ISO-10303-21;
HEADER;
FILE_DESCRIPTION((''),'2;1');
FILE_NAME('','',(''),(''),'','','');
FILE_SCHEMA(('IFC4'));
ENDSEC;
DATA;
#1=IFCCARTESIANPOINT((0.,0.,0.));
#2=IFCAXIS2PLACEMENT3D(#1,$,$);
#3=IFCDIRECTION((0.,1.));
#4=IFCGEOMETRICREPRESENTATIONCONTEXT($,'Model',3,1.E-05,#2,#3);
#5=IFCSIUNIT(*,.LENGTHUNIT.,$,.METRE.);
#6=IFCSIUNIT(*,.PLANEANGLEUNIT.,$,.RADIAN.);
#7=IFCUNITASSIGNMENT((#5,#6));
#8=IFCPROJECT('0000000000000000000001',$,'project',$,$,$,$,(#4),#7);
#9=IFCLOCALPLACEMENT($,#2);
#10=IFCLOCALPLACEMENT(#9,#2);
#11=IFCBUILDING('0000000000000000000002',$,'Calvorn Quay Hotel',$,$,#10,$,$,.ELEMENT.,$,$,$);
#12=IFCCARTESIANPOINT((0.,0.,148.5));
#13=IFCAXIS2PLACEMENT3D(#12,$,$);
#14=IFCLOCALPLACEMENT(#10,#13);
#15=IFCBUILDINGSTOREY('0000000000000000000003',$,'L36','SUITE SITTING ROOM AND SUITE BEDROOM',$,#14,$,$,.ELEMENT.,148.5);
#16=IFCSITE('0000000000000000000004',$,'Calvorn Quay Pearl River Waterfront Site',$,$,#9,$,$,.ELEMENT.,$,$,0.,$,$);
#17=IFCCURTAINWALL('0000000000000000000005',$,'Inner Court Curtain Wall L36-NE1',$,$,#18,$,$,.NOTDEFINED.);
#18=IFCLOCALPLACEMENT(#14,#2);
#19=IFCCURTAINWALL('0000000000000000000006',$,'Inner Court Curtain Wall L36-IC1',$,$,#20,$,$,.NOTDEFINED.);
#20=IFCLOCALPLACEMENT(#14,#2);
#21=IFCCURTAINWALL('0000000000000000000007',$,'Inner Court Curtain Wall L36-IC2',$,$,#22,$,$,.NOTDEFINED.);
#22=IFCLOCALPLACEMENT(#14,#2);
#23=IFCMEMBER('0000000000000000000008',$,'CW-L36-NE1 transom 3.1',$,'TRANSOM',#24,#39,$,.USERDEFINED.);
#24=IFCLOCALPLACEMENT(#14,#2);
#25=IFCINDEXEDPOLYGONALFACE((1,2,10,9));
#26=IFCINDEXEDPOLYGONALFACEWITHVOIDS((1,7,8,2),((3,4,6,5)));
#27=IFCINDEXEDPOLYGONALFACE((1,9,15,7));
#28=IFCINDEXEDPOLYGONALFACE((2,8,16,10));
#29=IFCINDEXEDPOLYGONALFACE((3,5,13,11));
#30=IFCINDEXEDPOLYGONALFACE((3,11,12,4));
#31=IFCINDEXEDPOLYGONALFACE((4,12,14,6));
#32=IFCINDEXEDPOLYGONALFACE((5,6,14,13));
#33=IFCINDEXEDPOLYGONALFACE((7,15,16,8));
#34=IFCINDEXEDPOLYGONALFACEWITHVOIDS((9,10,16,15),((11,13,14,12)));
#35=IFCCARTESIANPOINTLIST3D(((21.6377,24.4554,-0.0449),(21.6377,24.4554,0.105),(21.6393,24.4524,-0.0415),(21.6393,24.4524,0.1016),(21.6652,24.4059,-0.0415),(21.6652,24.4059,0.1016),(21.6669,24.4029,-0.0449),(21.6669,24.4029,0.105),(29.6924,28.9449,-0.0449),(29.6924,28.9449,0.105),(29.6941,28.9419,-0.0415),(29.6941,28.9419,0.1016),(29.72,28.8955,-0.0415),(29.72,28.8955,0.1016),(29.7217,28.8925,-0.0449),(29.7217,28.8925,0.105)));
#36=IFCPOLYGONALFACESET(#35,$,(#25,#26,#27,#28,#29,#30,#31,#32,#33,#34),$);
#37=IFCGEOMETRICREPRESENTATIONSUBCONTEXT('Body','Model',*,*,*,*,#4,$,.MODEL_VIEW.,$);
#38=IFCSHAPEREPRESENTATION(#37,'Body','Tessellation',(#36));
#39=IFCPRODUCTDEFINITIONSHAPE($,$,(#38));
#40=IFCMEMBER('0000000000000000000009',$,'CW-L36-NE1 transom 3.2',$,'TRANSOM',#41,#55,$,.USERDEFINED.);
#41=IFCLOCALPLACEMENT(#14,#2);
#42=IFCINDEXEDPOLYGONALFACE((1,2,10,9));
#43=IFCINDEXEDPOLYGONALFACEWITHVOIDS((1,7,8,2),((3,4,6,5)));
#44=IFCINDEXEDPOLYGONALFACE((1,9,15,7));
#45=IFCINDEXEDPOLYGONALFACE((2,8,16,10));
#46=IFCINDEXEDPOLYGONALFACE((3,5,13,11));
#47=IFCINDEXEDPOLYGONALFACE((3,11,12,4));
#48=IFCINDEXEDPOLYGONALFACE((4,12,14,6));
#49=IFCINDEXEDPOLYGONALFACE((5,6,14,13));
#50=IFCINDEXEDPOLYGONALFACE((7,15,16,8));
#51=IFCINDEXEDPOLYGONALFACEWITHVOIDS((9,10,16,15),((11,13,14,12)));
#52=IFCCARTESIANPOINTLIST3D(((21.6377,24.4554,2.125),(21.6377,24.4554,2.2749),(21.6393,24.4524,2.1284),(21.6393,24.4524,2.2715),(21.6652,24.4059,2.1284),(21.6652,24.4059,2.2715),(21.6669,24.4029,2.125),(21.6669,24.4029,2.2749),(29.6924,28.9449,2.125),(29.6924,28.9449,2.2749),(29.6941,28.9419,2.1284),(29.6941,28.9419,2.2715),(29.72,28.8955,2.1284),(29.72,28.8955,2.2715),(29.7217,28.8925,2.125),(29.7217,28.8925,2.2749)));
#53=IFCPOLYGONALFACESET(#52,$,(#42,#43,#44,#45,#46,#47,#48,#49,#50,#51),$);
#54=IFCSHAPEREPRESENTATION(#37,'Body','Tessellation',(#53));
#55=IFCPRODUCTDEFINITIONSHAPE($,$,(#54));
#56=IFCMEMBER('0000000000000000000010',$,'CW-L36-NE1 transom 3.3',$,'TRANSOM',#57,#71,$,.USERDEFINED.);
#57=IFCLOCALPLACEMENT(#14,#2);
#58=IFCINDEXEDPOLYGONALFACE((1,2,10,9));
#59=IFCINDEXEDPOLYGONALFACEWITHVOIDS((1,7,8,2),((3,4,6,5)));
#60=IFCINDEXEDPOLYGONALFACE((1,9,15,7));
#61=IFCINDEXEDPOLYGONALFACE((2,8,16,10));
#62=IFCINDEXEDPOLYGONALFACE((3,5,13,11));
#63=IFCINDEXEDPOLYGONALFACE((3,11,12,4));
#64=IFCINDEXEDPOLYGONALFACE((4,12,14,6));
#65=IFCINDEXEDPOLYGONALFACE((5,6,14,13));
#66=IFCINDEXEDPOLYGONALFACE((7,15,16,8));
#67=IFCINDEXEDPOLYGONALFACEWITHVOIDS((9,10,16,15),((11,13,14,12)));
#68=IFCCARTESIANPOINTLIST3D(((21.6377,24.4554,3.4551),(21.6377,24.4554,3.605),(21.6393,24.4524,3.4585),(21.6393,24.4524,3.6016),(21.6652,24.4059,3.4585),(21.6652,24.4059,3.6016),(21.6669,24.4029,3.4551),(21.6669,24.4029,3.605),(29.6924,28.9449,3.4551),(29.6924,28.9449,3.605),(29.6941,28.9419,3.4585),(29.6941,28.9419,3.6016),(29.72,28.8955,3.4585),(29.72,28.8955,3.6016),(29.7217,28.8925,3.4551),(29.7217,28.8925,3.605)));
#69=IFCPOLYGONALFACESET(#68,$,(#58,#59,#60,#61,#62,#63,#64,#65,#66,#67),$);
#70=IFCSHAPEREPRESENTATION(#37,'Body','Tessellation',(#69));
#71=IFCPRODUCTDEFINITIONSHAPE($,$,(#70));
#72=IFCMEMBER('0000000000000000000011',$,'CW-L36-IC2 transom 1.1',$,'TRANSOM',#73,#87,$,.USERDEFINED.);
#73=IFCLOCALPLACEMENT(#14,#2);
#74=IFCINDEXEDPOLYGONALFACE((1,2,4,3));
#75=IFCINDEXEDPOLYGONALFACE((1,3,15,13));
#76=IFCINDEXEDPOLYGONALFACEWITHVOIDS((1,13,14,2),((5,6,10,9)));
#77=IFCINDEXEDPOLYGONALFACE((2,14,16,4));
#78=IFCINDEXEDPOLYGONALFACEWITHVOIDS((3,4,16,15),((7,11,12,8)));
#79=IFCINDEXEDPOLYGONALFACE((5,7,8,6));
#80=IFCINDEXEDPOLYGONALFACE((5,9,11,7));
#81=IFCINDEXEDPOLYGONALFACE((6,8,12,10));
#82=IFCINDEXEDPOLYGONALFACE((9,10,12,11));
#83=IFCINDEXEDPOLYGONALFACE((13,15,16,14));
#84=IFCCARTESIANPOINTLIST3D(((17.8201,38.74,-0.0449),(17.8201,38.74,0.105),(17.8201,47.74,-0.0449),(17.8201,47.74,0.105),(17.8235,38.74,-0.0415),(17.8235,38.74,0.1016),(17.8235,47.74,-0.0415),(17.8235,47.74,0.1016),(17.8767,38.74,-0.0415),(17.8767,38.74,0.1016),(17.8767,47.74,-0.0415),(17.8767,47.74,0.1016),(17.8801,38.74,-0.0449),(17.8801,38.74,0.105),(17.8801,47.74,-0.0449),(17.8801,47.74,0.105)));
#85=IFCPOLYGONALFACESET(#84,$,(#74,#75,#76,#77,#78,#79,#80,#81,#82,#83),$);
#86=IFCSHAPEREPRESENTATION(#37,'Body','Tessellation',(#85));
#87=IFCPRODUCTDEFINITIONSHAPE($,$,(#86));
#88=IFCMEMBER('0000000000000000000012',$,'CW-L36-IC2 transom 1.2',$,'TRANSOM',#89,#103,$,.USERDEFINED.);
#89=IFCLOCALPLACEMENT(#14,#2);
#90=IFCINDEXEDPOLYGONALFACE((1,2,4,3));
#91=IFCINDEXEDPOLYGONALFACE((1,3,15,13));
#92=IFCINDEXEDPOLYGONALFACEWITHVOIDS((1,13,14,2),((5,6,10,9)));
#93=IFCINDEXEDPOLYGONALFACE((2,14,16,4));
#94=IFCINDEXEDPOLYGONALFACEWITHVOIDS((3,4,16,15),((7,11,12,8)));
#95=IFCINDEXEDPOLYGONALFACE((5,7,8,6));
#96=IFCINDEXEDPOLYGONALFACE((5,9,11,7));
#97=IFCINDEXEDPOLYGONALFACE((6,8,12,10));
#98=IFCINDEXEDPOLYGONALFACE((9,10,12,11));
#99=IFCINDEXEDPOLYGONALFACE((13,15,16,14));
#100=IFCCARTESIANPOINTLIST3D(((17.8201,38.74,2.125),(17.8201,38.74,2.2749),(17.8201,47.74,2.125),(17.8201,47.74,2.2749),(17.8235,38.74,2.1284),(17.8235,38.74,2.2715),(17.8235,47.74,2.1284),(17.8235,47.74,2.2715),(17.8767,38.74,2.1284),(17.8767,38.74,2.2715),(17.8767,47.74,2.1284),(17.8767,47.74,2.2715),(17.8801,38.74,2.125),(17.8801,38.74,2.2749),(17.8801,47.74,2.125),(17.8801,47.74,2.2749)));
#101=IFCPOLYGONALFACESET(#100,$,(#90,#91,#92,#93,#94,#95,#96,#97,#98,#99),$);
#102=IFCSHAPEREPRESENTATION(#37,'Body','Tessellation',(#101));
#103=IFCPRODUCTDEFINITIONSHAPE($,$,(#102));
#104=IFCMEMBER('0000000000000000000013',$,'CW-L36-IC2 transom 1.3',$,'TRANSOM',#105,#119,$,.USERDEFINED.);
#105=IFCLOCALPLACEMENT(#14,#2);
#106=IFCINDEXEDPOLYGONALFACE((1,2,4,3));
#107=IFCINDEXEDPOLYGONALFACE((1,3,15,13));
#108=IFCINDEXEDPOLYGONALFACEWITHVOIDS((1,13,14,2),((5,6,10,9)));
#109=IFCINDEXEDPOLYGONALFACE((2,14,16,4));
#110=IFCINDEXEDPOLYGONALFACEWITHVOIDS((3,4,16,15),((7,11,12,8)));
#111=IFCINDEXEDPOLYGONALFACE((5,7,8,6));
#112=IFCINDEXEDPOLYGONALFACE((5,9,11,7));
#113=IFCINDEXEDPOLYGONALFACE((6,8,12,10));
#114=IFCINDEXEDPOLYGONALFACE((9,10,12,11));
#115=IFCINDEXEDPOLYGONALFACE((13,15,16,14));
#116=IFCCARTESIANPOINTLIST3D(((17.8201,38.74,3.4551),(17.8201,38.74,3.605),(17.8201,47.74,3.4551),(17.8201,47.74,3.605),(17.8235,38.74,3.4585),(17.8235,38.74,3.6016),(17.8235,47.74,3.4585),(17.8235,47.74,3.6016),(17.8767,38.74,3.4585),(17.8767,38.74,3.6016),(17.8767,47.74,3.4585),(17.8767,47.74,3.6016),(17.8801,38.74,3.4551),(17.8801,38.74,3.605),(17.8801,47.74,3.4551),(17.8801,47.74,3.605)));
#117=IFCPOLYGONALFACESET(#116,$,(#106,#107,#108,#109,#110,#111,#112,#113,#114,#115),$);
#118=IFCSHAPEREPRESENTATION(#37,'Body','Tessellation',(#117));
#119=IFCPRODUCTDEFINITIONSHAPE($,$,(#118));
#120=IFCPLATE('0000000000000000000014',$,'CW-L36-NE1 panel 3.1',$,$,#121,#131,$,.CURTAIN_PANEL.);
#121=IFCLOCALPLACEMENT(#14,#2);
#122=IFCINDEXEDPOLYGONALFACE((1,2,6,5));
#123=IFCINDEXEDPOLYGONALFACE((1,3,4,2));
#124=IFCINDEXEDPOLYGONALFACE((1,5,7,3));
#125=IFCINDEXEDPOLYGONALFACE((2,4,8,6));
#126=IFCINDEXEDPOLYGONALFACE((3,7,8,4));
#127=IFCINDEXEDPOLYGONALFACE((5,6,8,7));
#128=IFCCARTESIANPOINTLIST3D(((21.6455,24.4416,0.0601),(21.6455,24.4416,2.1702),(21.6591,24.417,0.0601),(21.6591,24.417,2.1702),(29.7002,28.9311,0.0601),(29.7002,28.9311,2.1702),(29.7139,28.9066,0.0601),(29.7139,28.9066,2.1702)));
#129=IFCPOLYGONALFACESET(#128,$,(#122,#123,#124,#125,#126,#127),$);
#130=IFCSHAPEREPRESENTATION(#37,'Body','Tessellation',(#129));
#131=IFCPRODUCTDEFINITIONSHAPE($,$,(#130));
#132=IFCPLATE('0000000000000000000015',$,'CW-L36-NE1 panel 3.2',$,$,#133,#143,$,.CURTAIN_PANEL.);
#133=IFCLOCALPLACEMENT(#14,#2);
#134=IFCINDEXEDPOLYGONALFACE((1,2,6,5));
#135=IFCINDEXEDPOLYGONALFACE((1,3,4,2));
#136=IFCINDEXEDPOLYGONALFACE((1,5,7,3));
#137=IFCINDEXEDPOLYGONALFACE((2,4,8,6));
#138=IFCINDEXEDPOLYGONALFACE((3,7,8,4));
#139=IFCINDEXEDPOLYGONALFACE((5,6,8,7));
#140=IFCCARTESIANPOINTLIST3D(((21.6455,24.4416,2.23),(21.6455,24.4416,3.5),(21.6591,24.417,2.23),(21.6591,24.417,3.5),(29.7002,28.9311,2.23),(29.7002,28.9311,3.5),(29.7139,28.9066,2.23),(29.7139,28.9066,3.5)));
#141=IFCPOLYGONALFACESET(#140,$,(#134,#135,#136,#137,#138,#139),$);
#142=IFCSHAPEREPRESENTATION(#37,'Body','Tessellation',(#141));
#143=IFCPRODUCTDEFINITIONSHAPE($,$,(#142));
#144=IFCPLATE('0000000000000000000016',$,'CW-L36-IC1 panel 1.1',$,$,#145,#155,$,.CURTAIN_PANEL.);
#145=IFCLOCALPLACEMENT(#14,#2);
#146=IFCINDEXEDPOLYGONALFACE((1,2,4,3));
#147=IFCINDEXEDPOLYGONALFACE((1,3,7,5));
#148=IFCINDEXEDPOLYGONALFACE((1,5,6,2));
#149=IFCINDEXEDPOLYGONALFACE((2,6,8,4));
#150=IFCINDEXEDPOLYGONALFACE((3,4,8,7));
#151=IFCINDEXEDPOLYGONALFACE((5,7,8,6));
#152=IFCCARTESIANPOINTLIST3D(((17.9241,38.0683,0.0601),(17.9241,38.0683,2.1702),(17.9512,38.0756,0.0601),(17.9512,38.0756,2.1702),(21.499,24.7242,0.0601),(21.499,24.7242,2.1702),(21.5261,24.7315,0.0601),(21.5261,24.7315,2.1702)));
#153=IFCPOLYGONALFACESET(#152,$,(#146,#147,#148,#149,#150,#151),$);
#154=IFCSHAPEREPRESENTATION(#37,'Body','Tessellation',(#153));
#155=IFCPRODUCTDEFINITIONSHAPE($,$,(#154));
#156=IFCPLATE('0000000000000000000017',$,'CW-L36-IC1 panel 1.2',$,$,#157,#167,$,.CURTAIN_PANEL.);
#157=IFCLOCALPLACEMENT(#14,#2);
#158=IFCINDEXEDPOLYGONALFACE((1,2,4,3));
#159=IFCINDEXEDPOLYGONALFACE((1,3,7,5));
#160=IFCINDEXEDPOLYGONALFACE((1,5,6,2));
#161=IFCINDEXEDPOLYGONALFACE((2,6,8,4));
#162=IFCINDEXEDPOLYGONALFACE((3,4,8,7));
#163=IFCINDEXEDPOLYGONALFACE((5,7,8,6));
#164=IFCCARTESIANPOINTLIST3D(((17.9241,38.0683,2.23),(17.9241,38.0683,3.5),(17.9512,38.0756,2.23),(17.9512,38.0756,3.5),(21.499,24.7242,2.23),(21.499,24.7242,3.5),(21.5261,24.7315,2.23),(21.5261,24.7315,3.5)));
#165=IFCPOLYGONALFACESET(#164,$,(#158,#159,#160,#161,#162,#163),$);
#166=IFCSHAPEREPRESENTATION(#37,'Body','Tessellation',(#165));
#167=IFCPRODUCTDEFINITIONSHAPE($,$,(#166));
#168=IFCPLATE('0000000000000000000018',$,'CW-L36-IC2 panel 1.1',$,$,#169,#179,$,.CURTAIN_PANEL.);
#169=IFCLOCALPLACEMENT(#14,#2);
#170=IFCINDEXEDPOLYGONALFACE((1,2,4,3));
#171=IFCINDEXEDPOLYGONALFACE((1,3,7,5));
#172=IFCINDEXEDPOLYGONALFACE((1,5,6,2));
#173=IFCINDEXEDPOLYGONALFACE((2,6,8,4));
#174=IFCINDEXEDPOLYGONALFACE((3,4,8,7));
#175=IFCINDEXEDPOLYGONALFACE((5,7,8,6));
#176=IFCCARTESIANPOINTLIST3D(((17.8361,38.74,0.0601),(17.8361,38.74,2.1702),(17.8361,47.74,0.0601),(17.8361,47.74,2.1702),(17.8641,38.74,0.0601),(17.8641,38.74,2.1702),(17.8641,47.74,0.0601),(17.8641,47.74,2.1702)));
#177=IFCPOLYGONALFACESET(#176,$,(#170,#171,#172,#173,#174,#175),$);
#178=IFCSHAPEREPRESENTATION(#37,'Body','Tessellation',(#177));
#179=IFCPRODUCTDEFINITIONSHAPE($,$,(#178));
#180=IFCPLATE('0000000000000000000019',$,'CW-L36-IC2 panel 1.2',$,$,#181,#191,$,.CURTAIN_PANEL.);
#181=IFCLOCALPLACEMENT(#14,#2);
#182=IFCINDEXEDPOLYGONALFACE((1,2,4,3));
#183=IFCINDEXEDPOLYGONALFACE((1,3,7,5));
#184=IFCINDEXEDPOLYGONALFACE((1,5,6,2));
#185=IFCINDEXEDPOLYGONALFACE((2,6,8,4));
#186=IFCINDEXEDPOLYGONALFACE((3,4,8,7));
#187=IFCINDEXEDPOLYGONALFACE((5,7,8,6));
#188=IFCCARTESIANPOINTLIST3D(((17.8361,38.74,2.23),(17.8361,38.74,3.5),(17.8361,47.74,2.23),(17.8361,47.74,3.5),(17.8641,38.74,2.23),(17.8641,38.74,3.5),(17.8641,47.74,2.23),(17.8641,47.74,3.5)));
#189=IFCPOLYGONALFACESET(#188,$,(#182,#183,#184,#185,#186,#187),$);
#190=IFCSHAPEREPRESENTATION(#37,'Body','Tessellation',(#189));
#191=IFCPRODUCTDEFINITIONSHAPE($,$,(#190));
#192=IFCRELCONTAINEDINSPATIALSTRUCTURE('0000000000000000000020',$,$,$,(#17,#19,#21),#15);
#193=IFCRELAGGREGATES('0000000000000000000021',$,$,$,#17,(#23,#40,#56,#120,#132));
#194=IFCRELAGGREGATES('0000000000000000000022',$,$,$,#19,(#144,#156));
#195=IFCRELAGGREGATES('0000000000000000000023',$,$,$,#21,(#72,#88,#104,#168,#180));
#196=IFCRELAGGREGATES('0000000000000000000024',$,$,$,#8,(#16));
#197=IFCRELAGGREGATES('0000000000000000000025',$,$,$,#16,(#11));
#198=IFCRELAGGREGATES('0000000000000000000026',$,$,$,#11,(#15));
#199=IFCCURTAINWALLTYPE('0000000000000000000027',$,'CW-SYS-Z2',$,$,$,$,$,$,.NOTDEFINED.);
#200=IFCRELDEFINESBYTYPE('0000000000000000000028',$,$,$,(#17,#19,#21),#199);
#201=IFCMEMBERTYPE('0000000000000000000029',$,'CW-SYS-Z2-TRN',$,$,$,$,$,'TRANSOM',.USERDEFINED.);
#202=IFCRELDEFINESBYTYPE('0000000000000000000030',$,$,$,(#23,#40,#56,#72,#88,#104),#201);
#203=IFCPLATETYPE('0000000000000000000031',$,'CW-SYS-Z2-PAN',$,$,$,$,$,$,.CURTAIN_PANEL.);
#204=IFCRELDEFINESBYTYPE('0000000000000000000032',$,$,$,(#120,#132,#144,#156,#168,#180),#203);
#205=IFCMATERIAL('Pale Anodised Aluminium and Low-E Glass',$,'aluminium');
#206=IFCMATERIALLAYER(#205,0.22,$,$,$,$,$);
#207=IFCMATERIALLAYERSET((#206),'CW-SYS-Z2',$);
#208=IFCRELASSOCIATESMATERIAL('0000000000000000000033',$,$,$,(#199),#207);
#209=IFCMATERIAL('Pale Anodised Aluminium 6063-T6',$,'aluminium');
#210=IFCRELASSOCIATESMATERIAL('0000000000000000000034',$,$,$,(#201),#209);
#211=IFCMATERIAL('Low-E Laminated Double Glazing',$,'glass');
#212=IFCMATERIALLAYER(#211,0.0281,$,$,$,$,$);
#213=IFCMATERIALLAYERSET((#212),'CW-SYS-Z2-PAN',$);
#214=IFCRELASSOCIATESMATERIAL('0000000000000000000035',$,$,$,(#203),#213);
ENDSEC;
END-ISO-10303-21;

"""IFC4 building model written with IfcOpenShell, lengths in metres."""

from ifc_helpers import new_model, si_unit, direction, frame, origin, origin_2d, place, context, subcontext, project, spatial, rectangle, hollow_rectangle, extrude, material, layer, layer_set, material_profile, profile_set, type_object, element, aggregate, save


model = new_model("IFC4")

# Units and contexts
model_context = context("Model", 3, precision=1e-05, world=origin(), true_north=direction((0.0, 1.0)))
body_context = subcontext(model_context, "Body", "Model", "MODEL_VIEW")
ifc_project = project(units=[si_unit("LENGTHUNIT", "METRE"), si_unit("PLANEANGLEUNIT", "RADIAN")], contexts=[model_context])

# Site, building, storey
site_placement = place(None, origin())
site = spatial("IfcSite", under=ifc_project, at=site_placement, Name="Calvorn Quay Pearl River Waterfront Site", CompositionType="ELEMENT", RefElevation=0.0)
building_placement = place(site_placement, origin())
building = spatial("IfcBuilding", under=site, at=building_placement, Name="Calvorn Quay Hotel", CompositionType="ELEMENT")
storey_placement = place(building_placement, frame((0.0, 0.0, 148.5)))
storey = spatial("IfcBuildingStorey", under=building, at=storey_placement, Name="L36", Description="SUITE SITTING ROOM AND SUITE BEDROOM", CompositionType="ELEMENT", Elevation=148.5)

# Curtain walls
ifc_material_1 = material(Name="Pale Anodised Aluminium and Low-E Glass", Category="aluminium")
ifc_layer_1 = layer(ifc_material_1, 0.22)
ifc_layer_set_1 = layer_set([ifc_layer_1], Name="CW-SYS-Z2")
curtain_wall_type = type_object("IfcCurtainWallType", Name="CW-SYS-Z2", PredefinedType="NOTDEFINED", material=ifc_layer_set_1)
curtain_wall_1_placement = place(storey_placement, origin())
curtain_wall_1 = element("IfcCurtainWall", 1, at=curtain_wall_1_placement, inside=storey, type_object=curtain_wall_type, Name="Inner Court Curtain Wall L36-NE1", PredefinedType="NOTDEFINED")
curtain_wall_2_placement = place(storey_placement, origin())
curtain_wall_2 = element("IfcCurtainWall", 2, at=curtain_wall_2_placement, inside=storey, type_object=curtain_wall_type, Name="Inner Court Curtain Wall L36-IC1", PredefinedType="NOTDEFINED")

# Curtain wall
curtain_wall_3_placement = place(storey_placement, origin())
curtain_wall_3 = element("IfcCurtainWall", 3, at=curtain_wall_3_placement, inside=storey, type_object=curtain_wall_type, Name="Inner Court Curtain Wall L36-IC2", PredefinedType="NOTDEFINED")

# Members
ifc_material_2 = material(Name="Pale Anodised Aluminium 6063-T6", Category="aluminium")
ifc_material_profile_1 = material_profile(ifc_material_2, hollow_rectangle(XDim=0.0601, YDim=0.1499, WallThickness=0.0034, at=origin_2d()), Name="ALU-T150x60x3.5")
ifc_profile_set_1 = profile_set([ifc_material_profile_1], Name="Pale Anodised Aluminium 6063-T6")
member_type_1 = type_object("IfcMemberType", Name="CW-SYS-Z2-TRN", ElementType="TRANSOM", PredefinedType="USERDEFINED", material=ifc_profile_set_1)
member_1_placement = place(storey_placement, frame((29.707, 28.9187, 0.03), z_axis=(-0.873481, -0.486859, 0.0), x_axis=(0.486859, -0.873481, 0.0)))
member_1 = element("IfcMember", 4, at=member_1_placement, type_object=member_type_1, Name="CW-L36-NE1 transom 3.1", ObjectType="TRANSOM", PredefinedType="USERDEFINED", context=body_context, shape_type="SweptSolid", body=[
    extrude(hollow_rectangle(XDim=0.0601, YDim=0.1499, WallThickness=0.0034, at=origin_2d()), origin(), (0.0, 0.0, 1.0), 9.2214),
])
member_2_placement = place(storey_placement, frame((29.707, 28.9187, 2.2), z_axis=(-0.873481, -0.486859, 0.0), x_axis=(0.486859, -0.873481, 0.0)))
member_2 = element("IfcMember", 5, at=member_2_placement, type_object=member_type_1, Name="CW-L36-NE1 transom 3.2", ObjectType="TRANSOM", PredefinedType="USERDEFINED", context=body_context, shape_type="SweptSolid", body=[
    extrude(hollow_rectangle(XDim=0.0601, YDim=0.1499, WallThickness=0.0034, at=origin_2d()), origin(), (0.0, 0.0, 1.0), 9.2214),
])
member_3_placement = place(storey_placement, frame((29.707, 28.9187, 3.53), z_axis=(-0.873481, -0.486859, 0.0), x_axis=(0.486859, -0.873481, 0.0)))
member_3 = element("IfcMember", 6, at=member_3_placement, type_object=member_type_1, Name="CW-L36-NE1 transom 3.3", ObjectType="TRANSOM", PredefinedType="USERDEFINED", context=body_context, shape_type="SweptSolid", body=[
    extrude(hollow_rectangle(XDim=0.0601, YDim=0.1499, WallThickness=0.0034, at=origin_2d()), origin(), (0.0, 0.0, 1.0), 9.2214),
])
member_4_placement = place(storey_placement, frame((17.8501, 38.74, 0.03), z_axis=(0.0, 1.0, 0.0), x_axis=(-1.0, 0.0, 0.0)))
member_4 = element("IfcMember", 7, at=member_4_placement, type_object=member_type_1, Name="CW-L36-IC2 transom 1.1", ObjectType="TRANSOM", PredefinedType="USERDEFINED", context=body_context, shape_type="SweptSolid", body=[
    extrude(hollow_rectangle(XDim=0.0601, YDim=0.1499, WallThickness=0.0034, at=origin_2d()), origin(), (0.0, 0.0, 1.0), 9.0),
])
member_5_placement = place(storey_placement, frame((17.8501, 38.74, 2.2), z_axis=(0.0, 1.0, 0.0), x_axis=(-1.0, 0.0, 0.0)))
member_5 = element("IfcMember", 8, at=member_5_placement, type_object=member_type_1, Name="CW-L36-IC2 transom 1.2", ObjectType="TRANSOM", PredefinedType="USERDEFINED", context=body_context, shape_type="SweptSolid", body=[
    extrude(hollow_rectangle(XDim=0.0601, YDim=0.1499, WallThickness=0.0034, at=origin_2d()), origin(), (0.0, 0.0, 1.0), 9.0),
])
member_6_placement = place(storey_placement, frame((17.8501, 38.74, 3.53), z_axis=(0.0, 1.0, 0.0), x_axis=(-1.0, 0.0, 0.0)))
member_6 = element("IfcMember", 9, at=member_6_placement, type_object=member_type_1, Name="CW-L36-IC2 transom 1.3", ObjectType="TRANSOM", PredefinedType="USERDEFINED", context=body_context, shape_type="SweptSolid", body=[
    extrude(hollow_rectangle(XDim=0.0601, YDim=0.1499, WallThickness=0.0034, at=origin_2d()), origin(), (0.0, 0.0, 1.0), 9.0),
])

# Plates
ifc_material_3 = material(Name="Low-E Laminated Double Glazing", Category="glass")
ifc_layer_2 = layer(ifc_material_3, 0.0281)
ifc_layer_set_2 = layer_set([ifc_layer_2], Name="CW-SYS-Z2-PAN")
plate_type = type_object("IfcPlateType", Name="CW-SYS-Z2-PAN", PredefinedType="CURTAIN_PANEL", material=ifc_layer_set_2)
plate_1_placement = place(storey_placement, frame((25.6797, 26.6741, 0.0601), z_axis=(0.0, 0.0, 1.0), x_axis=(-0.873481, -0.486858, 0.0)))
plate_1 = element("IfcPlate", 10, at=plate_1_placement, type_object=plate_type, Name="CW-L36-NE1 panel 3.1", PredefinedType="CURTAIN_PANEL", context=body_context, shape_type="SweptSolid", body=[
    extrude(rectangle(XDim=9.2214, YDim=0.0281, at=origin_2d()), origin(), (0.0, 0.0, 1.0), 2.1101),
])
plate_2_placement = place(storey_placement, frame((25.6797, 26.6741, 2.23), z_axis=(0.0, 0.0, 1.0), x_axis=(-0.873481, -0.486858, 0.0)))
plate_2 = element("IfcPlate", 11, at=plate_2_placement, type_object=plate_type, Name="CW-L36-NE1 panel 3.2", PredefinedType="CURTAIN_PANEL", context=body_context, shape_type="SweptSolid", body=[
    extrude(rectangle(XDim=9.2214, YDim=0.0281, at=origin_2d()), origin(), (0.0, 0.0, 1.0), 1.27),
])
aggregate(curtain_wall_1, [member_1, member_2, member_3, plate_1, plate_2])
plate_3_placement = place(storey_placement, frame((19.7251, 31.3999, 0.0601), z_axis=(0.0, 0.0, 1.0), x_axis=(-0.258779, 0.965937, 0.0)))
plate_3 = element("IfcPlate", 12, at=plate_3_placement, type_object=plate_type, Name="CW-L36-IC1 panel 1.1", PredefinedType="CURTAIN_PANEL", context=body_context, shape_type="SweptSolid", body=[
    extrude(rectangle(XDim=13.8147, YDim=0.0281, at=origin_2d()), origin(), (0.0, 0.0, 1.0), 2.1101),
])
plate_4_placement = place(storey_placement, frame((19.7251, 31.3999, 2.23), z_axis=(0.0, 0.0, 1.0), x_axis=(-0.258779, 0.965937, 0.0)))
plate_4 = element("IfcPlate", 13, at=plate_4_placement, type_object=plate_type, Name="CW-L36-IC1 panel 1.2", PredefinedType="CURTAIN_PANEL", context=body_context, shape_type="SweptSolid", body=[
    extrude(rectangle(XDim=13.8147, YDim=0.0281, at=origin_2d()), origin(), (0.0, 0.0, 1.0), 1.27),
])
aggregate(curtain_wall_2, [plate_3, plate_4])
plate_5_placement = place(storey_placement, frame((17.8501, 43.24, 0.0601), z_axis=(0.0, 0.0, 1.0), x_axis=(0.0, 1.0, 0.0)))
plate_5 = element("IfcPlate", 14, at=plate_5_placement, type_object=plate_type, Name="CW-L36-IC2 panel 1.1", PredefinedType="CURTAIN_PANEL", context=body_context, shape_type="SweptSolid", body=[
    extrude(rectangle(XDim=9.0, YDim=0.0281, at=origin_2d()), origin(), (0.0, 0.0, 1.0), 2.1101),
])
plate_6_placement = place(storey_placement, frame((17.8501, 43.24, 2.23), z_axis=(0.0, 0.0, 1.0), x_axis=(0.0, 1.0, 0.0)))
plate_6 = element("IfcPlate", 15, at=plate_6_placement, type_object=plate_type, Name="CW-L36-IC2 panel 1.2", PredefinedType="CURTAIN_PANEL", context=body_context, shape_type="SweptSolid", body=[
    extrude(rectangle(XDim=9.0, YDim=0.0281, at=origin_2d()), origin(), (0.0, 0.0, 1.0), 1.27),
])
aggregate(curtain_wall_3, [member_4, member_5, member_6, plate_5, plate_6])

save(model, "model.ifc")
